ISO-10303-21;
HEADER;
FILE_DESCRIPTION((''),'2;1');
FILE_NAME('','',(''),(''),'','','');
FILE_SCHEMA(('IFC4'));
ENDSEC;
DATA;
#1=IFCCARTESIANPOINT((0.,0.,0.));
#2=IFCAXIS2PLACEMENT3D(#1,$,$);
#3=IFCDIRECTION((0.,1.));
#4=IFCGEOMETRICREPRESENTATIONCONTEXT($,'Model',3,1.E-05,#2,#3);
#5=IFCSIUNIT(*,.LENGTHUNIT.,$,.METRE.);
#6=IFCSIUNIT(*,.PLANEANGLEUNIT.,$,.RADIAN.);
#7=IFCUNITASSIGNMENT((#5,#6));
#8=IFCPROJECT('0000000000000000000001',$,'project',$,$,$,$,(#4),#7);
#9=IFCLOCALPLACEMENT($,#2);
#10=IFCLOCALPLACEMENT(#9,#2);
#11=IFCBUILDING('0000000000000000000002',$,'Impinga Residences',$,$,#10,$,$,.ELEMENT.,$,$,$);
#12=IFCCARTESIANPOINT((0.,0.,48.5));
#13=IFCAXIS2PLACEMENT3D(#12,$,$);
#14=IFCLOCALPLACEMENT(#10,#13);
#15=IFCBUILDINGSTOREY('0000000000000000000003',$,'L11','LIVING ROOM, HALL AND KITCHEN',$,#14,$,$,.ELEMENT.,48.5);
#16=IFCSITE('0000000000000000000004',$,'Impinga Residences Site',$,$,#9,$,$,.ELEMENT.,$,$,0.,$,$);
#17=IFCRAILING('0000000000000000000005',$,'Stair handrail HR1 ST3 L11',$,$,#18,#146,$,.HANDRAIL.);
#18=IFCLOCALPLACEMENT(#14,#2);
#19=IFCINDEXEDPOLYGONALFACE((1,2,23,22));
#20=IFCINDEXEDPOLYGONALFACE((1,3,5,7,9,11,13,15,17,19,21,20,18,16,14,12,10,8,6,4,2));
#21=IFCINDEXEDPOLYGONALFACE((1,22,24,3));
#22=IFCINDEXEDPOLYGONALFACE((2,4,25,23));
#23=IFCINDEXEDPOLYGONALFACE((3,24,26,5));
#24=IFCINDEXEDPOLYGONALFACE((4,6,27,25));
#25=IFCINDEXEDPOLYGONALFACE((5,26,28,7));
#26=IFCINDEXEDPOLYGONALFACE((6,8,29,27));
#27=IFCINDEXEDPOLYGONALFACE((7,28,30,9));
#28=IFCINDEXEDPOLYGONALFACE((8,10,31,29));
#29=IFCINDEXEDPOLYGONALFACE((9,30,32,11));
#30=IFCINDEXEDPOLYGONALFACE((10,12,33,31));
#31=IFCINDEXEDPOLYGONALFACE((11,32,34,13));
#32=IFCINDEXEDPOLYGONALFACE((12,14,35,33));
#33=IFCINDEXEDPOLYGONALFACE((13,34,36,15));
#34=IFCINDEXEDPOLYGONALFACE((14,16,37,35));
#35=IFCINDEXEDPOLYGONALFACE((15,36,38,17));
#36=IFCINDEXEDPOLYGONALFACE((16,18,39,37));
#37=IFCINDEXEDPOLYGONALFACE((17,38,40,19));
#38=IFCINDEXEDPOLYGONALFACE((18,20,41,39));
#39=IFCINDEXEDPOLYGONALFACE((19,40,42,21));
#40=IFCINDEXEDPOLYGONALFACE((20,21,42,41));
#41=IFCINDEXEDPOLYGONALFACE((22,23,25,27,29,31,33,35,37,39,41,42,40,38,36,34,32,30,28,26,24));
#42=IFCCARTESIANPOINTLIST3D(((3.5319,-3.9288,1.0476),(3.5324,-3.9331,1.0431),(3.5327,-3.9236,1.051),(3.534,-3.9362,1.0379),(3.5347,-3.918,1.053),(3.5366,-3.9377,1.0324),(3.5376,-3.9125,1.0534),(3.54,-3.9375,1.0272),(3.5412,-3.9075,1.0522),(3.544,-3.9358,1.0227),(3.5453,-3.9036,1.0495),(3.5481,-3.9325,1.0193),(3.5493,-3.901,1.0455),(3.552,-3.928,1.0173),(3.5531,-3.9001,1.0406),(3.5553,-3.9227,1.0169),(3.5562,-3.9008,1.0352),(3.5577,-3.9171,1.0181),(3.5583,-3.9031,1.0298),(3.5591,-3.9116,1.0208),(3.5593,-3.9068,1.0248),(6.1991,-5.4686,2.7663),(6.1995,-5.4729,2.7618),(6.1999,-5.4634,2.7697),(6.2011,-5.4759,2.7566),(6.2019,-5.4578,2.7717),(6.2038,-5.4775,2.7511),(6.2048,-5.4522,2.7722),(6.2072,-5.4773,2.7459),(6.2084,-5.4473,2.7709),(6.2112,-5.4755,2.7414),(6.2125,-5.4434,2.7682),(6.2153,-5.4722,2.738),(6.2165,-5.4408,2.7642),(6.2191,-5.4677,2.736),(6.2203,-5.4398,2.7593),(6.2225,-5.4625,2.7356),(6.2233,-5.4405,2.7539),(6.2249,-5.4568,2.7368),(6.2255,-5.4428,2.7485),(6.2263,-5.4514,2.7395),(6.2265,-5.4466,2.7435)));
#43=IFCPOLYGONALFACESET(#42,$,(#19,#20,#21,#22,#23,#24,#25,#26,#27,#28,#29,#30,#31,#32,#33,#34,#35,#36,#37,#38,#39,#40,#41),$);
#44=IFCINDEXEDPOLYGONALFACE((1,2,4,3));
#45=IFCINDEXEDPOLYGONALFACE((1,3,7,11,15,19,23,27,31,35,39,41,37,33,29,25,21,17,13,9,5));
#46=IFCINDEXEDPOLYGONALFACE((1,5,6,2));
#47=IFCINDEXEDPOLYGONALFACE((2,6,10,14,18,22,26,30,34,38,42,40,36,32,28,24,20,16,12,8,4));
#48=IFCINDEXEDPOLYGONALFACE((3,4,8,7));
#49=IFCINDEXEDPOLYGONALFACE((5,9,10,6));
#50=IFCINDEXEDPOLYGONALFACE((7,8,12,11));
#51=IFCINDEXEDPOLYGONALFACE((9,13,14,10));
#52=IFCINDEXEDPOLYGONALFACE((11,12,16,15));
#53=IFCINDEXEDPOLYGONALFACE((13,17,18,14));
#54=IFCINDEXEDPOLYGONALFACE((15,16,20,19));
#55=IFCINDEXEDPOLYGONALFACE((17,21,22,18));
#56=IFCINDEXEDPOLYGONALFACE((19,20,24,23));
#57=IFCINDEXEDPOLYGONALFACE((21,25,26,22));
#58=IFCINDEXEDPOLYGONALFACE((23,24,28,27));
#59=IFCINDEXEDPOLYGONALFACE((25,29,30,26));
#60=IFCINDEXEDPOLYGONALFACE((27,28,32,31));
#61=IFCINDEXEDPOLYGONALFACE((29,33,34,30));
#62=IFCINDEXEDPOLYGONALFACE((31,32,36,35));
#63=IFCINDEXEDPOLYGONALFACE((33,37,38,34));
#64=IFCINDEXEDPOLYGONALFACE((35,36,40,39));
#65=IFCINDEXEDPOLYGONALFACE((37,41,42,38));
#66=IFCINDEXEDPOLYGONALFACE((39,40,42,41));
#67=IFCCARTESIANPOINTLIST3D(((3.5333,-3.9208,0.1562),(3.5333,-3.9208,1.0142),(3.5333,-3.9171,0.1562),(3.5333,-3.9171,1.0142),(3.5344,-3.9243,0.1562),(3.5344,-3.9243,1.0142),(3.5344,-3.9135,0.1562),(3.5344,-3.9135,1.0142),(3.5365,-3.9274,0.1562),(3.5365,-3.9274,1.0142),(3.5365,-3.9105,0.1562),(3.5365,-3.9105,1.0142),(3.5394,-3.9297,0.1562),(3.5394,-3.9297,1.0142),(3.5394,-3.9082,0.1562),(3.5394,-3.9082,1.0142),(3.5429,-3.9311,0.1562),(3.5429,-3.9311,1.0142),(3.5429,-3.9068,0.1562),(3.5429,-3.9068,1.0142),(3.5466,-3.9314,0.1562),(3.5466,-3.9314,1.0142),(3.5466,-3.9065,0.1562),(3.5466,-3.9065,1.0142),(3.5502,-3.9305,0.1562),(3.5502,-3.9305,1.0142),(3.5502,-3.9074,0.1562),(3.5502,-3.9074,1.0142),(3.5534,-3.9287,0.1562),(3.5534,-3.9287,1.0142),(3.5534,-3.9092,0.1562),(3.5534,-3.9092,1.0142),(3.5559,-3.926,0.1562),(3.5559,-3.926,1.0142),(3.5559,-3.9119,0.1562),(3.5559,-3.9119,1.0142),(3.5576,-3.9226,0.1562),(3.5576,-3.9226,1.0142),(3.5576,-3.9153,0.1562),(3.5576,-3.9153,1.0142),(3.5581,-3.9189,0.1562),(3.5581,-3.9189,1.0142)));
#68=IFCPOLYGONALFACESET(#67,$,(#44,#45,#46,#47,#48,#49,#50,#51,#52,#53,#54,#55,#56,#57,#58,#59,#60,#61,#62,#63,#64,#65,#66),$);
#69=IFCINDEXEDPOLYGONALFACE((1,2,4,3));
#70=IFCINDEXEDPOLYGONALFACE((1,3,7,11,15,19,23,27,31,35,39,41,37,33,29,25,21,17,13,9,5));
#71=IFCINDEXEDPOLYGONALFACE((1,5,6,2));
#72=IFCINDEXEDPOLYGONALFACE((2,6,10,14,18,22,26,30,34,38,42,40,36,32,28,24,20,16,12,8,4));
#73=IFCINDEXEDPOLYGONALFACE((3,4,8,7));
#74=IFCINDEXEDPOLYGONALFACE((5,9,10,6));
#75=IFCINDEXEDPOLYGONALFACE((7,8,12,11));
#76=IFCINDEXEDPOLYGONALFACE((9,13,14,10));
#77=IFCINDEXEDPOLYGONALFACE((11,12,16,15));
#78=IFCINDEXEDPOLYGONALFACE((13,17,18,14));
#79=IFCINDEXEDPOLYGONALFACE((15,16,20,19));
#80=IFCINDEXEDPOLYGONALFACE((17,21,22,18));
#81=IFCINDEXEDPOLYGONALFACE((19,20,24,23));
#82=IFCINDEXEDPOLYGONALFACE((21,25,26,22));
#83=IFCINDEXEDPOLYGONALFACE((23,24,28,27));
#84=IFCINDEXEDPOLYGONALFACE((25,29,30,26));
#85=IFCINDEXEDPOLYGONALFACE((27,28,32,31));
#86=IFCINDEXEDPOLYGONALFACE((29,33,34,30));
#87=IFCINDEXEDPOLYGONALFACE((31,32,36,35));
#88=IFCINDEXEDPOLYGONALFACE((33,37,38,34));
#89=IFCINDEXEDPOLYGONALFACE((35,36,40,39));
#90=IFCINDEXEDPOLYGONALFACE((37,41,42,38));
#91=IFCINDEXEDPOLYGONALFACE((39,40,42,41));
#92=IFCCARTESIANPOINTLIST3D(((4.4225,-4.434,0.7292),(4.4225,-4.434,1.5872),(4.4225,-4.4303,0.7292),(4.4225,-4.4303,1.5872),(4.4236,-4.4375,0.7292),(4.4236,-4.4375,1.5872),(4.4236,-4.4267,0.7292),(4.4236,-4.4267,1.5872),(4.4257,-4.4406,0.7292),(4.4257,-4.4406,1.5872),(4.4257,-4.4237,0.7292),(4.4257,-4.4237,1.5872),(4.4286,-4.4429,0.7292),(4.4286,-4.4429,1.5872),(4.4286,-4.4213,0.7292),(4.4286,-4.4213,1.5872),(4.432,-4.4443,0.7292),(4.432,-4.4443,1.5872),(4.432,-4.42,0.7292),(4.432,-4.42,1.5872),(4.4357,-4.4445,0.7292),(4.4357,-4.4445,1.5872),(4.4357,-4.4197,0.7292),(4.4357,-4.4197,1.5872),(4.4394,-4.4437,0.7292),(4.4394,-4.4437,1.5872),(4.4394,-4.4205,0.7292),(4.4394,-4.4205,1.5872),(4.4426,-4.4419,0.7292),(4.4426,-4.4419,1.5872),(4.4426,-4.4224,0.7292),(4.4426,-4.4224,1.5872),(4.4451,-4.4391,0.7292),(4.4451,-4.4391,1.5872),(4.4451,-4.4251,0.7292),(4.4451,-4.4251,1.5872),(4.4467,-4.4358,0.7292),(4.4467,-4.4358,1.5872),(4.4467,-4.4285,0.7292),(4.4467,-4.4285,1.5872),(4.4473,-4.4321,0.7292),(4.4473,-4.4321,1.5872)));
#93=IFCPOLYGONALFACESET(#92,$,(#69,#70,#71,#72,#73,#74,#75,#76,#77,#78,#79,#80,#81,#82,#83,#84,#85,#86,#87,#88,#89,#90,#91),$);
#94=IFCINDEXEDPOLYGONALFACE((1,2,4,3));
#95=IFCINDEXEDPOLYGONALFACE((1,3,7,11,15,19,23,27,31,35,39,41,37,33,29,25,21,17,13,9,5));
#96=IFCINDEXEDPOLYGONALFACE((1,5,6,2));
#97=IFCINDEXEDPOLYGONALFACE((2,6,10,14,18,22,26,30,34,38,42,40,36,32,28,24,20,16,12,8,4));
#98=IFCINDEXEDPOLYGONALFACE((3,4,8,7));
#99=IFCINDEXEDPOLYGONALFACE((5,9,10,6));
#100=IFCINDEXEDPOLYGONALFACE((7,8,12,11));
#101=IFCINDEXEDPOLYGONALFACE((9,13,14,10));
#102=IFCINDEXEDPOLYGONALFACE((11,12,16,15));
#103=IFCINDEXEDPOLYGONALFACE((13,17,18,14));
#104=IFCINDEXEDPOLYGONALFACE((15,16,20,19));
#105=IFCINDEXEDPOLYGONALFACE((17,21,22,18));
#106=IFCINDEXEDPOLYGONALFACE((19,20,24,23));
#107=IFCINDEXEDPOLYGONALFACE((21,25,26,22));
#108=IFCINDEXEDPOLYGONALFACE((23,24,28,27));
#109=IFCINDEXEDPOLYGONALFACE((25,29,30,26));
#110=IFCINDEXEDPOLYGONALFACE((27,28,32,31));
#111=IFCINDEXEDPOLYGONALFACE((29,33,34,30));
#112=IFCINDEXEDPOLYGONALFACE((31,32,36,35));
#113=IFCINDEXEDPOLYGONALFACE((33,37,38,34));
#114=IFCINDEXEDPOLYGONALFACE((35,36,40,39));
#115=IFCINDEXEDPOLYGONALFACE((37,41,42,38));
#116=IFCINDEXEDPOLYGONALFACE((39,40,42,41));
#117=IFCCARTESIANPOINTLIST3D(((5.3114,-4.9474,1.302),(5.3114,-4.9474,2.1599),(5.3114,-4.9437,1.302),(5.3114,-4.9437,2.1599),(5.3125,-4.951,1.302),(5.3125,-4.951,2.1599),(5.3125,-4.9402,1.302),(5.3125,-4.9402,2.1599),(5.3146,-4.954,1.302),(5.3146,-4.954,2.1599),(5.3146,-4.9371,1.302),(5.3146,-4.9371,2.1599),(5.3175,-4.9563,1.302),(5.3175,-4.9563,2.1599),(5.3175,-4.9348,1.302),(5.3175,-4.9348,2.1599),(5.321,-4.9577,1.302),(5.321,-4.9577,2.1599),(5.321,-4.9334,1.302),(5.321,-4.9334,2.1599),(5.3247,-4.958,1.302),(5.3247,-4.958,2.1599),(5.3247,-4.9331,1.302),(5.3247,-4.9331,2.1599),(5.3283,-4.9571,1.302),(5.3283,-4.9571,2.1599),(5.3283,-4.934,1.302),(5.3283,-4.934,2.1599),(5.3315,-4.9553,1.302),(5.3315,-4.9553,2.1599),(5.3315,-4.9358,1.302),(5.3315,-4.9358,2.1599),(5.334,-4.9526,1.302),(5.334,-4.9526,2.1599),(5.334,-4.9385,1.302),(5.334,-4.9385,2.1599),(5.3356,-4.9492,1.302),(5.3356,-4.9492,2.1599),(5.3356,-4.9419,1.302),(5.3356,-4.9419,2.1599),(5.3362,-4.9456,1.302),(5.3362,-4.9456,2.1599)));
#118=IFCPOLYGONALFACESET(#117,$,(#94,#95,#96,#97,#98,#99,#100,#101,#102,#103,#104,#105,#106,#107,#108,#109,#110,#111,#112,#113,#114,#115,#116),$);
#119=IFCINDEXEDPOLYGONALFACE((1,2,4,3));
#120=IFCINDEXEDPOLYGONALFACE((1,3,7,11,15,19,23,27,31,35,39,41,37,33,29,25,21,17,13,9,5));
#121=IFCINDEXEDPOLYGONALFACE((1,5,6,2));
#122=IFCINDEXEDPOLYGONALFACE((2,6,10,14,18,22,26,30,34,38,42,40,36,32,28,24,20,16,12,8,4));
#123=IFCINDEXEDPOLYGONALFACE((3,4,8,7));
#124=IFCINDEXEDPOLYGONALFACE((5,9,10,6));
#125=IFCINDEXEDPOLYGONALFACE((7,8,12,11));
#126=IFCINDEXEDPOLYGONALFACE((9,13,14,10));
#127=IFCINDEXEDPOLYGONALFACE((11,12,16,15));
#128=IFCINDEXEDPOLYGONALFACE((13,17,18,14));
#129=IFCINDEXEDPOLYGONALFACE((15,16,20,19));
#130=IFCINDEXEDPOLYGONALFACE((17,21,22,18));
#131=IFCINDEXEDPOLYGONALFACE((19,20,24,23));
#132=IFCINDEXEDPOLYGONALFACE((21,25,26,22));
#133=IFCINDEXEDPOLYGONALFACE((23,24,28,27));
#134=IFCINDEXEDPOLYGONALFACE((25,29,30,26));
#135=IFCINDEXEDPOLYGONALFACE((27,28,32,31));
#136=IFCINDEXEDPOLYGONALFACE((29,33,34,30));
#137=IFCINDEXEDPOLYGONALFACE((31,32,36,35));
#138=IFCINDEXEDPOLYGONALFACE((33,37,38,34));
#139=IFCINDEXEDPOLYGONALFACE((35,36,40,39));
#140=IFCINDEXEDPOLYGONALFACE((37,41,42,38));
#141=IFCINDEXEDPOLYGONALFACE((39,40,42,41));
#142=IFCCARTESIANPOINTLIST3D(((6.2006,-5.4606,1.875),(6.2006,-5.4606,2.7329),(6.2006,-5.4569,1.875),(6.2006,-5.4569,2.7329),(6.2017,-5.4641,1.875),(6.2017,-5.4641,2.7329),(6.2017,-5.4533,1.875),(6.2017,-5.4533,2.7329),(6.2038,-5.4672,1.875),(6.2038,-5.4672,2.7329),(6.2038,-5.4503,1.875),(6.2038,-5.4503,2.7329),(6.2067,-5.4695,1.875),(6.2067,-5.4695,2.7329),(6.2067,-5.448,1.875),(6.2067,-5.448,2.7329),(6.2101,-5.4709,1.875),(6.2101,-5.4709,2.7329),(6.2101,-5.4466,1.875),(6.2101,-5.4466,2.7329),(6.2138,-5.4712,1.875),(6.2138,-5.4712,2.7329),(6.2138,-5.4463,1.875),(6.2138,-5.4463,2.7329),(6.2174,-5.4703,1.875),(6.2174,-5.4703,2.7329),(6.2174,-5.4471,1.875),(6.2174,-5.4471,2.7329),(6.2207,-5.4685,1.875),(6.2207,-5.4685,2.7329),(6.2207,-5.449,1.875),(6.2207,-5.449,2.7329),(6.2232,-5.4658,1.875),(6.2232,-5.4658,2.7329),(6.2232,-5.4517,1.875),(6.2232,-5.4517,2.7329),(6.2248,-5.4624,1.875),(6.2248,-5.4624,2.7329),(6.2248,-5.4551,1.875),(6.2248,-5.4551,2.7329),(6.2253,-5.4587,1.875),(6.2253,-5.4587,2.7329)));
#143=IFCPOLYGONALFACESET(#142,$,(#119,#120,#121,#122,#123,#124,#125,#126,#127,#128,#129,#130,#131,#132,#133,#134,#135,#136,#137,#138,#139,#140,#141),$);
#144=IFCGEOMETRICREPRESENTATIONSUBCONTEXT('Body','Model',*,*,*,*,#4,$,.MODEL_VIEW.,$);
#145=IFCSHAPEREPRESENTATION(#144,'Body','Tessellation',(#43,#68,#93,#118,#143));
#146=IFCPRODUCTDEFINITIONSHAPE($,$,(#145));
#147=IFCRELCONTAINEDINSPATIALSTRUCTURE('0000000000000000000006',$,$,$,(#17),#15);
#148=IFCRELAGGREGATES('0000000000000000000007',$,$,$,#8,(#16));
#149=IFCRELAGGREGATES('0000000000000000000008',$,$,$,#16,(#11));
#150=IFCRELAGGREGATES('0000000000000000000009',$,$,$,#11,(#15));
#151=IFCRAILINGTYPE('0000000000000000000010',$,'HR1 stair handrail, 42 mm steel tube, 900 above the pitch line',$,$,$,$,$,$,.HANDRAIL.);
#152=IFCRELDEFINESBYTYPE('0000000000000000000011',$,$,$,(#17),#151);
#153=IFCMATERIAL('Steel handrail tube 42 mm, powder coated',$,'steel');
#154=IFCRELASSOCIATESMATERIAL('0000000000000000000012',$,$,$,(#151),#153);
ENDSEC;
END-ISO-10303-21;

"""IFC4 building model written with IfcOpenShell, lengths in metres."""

from ifc_helpers import new_model, si_unit, direction, frame, origin, origin_2d, place, context, subcontext, project, spatial, circle, extrude, material, type_object, element, save


model = new_model("IFC4")

# Units and contexts
model_context = context("Model", 3, precision=1e-05, world=origin(), true_north=direction((0.0, 1.0)))
body_context = subcontext(model_context, "Body", "Model", "MODEL_VIEW")
ifc_project = project(units=[si_unit("LENGTHUNIT", "METRE"), si_unit("PLANEANGLEUNIT", "RADIAN")], contexts=[model_context])

# Site, building, storey
site_placement = place(None, origin())
site = spatial("IfcSite", under=ifc_project, at=site_placement, Name="Impinga Residences Site", CompositionType="ELEMENT", RefElevation=0.0)
building_placement = place(site_placement, origin())
building = spatial("IfcBuilding", under=site, at=building_placement, Name="Impinga Residences", CompositionType="ELEMENT")
storey_placement = place(building_placement, frame((0.0, 0.0, 48.5)))
storey = spatial("IfcBuildingStorey", under=building, at=storey_placement, Name="L11", Description="LIVING ROOM, HALL AND KITCHEN", CompositionType="ELEMENT", Elevation=48.5)

# Railing
ifc_material_1 = material(Name="Steel handrail tube 42 mm, powder coated", Category="steel")
railing_type = type_object("IfcRailingType", Name="HR1 stair handrail, 42 mm steel tube, 900 above the pitch line", PredefinedType="HANDRAIL", material=ifc_material_1)
railing_placement = place(storey_placement, frame((3.5457, -3.9189, 0.1562)))
element("IfcRailing", 1, at=railing_placement, inside=storey, type_object=railing_type, Name="Stair handrail HR1 ST3 L11", PredefinedType="HANDRAIL", context=body_context, shape_type="SweptSolid", body=[
    extrude(circle(Radius=0.021, at=origin_2d()), frame((0.0, 0.0, 0.8789), z_axis=(0.756249, -0.436582, 0.487322), x_axis=(0.499967, 0.866044, 0.0)), (0.0, 0.0, 1.0), 3.5269),
    extrude(circle(Radius=0.0125, at=origin_2d()), origin(), (0.0, 0.0, 1.0), 0.8579),
    extrude(circle(Radius=0.0125, at=origin_2d()), frame((0.8892, -0.5132, 0.573)), (0.0, 0.0, 1.0), 0.8579),
    extrude(circle(Radius=0.0125, at=origin_2d()), frame((1.7781, -1.0266, 1.1458)), (0.0, 0.0, 1.0), 0.8579),
    extrude(circle(Radius=0.0125, at=origin_2d()), frame((2.6672, -1.5398, 1.7188)), (0.0, 0.0, 1.0), 0.8579),
])

save(model, "model.ifc")
